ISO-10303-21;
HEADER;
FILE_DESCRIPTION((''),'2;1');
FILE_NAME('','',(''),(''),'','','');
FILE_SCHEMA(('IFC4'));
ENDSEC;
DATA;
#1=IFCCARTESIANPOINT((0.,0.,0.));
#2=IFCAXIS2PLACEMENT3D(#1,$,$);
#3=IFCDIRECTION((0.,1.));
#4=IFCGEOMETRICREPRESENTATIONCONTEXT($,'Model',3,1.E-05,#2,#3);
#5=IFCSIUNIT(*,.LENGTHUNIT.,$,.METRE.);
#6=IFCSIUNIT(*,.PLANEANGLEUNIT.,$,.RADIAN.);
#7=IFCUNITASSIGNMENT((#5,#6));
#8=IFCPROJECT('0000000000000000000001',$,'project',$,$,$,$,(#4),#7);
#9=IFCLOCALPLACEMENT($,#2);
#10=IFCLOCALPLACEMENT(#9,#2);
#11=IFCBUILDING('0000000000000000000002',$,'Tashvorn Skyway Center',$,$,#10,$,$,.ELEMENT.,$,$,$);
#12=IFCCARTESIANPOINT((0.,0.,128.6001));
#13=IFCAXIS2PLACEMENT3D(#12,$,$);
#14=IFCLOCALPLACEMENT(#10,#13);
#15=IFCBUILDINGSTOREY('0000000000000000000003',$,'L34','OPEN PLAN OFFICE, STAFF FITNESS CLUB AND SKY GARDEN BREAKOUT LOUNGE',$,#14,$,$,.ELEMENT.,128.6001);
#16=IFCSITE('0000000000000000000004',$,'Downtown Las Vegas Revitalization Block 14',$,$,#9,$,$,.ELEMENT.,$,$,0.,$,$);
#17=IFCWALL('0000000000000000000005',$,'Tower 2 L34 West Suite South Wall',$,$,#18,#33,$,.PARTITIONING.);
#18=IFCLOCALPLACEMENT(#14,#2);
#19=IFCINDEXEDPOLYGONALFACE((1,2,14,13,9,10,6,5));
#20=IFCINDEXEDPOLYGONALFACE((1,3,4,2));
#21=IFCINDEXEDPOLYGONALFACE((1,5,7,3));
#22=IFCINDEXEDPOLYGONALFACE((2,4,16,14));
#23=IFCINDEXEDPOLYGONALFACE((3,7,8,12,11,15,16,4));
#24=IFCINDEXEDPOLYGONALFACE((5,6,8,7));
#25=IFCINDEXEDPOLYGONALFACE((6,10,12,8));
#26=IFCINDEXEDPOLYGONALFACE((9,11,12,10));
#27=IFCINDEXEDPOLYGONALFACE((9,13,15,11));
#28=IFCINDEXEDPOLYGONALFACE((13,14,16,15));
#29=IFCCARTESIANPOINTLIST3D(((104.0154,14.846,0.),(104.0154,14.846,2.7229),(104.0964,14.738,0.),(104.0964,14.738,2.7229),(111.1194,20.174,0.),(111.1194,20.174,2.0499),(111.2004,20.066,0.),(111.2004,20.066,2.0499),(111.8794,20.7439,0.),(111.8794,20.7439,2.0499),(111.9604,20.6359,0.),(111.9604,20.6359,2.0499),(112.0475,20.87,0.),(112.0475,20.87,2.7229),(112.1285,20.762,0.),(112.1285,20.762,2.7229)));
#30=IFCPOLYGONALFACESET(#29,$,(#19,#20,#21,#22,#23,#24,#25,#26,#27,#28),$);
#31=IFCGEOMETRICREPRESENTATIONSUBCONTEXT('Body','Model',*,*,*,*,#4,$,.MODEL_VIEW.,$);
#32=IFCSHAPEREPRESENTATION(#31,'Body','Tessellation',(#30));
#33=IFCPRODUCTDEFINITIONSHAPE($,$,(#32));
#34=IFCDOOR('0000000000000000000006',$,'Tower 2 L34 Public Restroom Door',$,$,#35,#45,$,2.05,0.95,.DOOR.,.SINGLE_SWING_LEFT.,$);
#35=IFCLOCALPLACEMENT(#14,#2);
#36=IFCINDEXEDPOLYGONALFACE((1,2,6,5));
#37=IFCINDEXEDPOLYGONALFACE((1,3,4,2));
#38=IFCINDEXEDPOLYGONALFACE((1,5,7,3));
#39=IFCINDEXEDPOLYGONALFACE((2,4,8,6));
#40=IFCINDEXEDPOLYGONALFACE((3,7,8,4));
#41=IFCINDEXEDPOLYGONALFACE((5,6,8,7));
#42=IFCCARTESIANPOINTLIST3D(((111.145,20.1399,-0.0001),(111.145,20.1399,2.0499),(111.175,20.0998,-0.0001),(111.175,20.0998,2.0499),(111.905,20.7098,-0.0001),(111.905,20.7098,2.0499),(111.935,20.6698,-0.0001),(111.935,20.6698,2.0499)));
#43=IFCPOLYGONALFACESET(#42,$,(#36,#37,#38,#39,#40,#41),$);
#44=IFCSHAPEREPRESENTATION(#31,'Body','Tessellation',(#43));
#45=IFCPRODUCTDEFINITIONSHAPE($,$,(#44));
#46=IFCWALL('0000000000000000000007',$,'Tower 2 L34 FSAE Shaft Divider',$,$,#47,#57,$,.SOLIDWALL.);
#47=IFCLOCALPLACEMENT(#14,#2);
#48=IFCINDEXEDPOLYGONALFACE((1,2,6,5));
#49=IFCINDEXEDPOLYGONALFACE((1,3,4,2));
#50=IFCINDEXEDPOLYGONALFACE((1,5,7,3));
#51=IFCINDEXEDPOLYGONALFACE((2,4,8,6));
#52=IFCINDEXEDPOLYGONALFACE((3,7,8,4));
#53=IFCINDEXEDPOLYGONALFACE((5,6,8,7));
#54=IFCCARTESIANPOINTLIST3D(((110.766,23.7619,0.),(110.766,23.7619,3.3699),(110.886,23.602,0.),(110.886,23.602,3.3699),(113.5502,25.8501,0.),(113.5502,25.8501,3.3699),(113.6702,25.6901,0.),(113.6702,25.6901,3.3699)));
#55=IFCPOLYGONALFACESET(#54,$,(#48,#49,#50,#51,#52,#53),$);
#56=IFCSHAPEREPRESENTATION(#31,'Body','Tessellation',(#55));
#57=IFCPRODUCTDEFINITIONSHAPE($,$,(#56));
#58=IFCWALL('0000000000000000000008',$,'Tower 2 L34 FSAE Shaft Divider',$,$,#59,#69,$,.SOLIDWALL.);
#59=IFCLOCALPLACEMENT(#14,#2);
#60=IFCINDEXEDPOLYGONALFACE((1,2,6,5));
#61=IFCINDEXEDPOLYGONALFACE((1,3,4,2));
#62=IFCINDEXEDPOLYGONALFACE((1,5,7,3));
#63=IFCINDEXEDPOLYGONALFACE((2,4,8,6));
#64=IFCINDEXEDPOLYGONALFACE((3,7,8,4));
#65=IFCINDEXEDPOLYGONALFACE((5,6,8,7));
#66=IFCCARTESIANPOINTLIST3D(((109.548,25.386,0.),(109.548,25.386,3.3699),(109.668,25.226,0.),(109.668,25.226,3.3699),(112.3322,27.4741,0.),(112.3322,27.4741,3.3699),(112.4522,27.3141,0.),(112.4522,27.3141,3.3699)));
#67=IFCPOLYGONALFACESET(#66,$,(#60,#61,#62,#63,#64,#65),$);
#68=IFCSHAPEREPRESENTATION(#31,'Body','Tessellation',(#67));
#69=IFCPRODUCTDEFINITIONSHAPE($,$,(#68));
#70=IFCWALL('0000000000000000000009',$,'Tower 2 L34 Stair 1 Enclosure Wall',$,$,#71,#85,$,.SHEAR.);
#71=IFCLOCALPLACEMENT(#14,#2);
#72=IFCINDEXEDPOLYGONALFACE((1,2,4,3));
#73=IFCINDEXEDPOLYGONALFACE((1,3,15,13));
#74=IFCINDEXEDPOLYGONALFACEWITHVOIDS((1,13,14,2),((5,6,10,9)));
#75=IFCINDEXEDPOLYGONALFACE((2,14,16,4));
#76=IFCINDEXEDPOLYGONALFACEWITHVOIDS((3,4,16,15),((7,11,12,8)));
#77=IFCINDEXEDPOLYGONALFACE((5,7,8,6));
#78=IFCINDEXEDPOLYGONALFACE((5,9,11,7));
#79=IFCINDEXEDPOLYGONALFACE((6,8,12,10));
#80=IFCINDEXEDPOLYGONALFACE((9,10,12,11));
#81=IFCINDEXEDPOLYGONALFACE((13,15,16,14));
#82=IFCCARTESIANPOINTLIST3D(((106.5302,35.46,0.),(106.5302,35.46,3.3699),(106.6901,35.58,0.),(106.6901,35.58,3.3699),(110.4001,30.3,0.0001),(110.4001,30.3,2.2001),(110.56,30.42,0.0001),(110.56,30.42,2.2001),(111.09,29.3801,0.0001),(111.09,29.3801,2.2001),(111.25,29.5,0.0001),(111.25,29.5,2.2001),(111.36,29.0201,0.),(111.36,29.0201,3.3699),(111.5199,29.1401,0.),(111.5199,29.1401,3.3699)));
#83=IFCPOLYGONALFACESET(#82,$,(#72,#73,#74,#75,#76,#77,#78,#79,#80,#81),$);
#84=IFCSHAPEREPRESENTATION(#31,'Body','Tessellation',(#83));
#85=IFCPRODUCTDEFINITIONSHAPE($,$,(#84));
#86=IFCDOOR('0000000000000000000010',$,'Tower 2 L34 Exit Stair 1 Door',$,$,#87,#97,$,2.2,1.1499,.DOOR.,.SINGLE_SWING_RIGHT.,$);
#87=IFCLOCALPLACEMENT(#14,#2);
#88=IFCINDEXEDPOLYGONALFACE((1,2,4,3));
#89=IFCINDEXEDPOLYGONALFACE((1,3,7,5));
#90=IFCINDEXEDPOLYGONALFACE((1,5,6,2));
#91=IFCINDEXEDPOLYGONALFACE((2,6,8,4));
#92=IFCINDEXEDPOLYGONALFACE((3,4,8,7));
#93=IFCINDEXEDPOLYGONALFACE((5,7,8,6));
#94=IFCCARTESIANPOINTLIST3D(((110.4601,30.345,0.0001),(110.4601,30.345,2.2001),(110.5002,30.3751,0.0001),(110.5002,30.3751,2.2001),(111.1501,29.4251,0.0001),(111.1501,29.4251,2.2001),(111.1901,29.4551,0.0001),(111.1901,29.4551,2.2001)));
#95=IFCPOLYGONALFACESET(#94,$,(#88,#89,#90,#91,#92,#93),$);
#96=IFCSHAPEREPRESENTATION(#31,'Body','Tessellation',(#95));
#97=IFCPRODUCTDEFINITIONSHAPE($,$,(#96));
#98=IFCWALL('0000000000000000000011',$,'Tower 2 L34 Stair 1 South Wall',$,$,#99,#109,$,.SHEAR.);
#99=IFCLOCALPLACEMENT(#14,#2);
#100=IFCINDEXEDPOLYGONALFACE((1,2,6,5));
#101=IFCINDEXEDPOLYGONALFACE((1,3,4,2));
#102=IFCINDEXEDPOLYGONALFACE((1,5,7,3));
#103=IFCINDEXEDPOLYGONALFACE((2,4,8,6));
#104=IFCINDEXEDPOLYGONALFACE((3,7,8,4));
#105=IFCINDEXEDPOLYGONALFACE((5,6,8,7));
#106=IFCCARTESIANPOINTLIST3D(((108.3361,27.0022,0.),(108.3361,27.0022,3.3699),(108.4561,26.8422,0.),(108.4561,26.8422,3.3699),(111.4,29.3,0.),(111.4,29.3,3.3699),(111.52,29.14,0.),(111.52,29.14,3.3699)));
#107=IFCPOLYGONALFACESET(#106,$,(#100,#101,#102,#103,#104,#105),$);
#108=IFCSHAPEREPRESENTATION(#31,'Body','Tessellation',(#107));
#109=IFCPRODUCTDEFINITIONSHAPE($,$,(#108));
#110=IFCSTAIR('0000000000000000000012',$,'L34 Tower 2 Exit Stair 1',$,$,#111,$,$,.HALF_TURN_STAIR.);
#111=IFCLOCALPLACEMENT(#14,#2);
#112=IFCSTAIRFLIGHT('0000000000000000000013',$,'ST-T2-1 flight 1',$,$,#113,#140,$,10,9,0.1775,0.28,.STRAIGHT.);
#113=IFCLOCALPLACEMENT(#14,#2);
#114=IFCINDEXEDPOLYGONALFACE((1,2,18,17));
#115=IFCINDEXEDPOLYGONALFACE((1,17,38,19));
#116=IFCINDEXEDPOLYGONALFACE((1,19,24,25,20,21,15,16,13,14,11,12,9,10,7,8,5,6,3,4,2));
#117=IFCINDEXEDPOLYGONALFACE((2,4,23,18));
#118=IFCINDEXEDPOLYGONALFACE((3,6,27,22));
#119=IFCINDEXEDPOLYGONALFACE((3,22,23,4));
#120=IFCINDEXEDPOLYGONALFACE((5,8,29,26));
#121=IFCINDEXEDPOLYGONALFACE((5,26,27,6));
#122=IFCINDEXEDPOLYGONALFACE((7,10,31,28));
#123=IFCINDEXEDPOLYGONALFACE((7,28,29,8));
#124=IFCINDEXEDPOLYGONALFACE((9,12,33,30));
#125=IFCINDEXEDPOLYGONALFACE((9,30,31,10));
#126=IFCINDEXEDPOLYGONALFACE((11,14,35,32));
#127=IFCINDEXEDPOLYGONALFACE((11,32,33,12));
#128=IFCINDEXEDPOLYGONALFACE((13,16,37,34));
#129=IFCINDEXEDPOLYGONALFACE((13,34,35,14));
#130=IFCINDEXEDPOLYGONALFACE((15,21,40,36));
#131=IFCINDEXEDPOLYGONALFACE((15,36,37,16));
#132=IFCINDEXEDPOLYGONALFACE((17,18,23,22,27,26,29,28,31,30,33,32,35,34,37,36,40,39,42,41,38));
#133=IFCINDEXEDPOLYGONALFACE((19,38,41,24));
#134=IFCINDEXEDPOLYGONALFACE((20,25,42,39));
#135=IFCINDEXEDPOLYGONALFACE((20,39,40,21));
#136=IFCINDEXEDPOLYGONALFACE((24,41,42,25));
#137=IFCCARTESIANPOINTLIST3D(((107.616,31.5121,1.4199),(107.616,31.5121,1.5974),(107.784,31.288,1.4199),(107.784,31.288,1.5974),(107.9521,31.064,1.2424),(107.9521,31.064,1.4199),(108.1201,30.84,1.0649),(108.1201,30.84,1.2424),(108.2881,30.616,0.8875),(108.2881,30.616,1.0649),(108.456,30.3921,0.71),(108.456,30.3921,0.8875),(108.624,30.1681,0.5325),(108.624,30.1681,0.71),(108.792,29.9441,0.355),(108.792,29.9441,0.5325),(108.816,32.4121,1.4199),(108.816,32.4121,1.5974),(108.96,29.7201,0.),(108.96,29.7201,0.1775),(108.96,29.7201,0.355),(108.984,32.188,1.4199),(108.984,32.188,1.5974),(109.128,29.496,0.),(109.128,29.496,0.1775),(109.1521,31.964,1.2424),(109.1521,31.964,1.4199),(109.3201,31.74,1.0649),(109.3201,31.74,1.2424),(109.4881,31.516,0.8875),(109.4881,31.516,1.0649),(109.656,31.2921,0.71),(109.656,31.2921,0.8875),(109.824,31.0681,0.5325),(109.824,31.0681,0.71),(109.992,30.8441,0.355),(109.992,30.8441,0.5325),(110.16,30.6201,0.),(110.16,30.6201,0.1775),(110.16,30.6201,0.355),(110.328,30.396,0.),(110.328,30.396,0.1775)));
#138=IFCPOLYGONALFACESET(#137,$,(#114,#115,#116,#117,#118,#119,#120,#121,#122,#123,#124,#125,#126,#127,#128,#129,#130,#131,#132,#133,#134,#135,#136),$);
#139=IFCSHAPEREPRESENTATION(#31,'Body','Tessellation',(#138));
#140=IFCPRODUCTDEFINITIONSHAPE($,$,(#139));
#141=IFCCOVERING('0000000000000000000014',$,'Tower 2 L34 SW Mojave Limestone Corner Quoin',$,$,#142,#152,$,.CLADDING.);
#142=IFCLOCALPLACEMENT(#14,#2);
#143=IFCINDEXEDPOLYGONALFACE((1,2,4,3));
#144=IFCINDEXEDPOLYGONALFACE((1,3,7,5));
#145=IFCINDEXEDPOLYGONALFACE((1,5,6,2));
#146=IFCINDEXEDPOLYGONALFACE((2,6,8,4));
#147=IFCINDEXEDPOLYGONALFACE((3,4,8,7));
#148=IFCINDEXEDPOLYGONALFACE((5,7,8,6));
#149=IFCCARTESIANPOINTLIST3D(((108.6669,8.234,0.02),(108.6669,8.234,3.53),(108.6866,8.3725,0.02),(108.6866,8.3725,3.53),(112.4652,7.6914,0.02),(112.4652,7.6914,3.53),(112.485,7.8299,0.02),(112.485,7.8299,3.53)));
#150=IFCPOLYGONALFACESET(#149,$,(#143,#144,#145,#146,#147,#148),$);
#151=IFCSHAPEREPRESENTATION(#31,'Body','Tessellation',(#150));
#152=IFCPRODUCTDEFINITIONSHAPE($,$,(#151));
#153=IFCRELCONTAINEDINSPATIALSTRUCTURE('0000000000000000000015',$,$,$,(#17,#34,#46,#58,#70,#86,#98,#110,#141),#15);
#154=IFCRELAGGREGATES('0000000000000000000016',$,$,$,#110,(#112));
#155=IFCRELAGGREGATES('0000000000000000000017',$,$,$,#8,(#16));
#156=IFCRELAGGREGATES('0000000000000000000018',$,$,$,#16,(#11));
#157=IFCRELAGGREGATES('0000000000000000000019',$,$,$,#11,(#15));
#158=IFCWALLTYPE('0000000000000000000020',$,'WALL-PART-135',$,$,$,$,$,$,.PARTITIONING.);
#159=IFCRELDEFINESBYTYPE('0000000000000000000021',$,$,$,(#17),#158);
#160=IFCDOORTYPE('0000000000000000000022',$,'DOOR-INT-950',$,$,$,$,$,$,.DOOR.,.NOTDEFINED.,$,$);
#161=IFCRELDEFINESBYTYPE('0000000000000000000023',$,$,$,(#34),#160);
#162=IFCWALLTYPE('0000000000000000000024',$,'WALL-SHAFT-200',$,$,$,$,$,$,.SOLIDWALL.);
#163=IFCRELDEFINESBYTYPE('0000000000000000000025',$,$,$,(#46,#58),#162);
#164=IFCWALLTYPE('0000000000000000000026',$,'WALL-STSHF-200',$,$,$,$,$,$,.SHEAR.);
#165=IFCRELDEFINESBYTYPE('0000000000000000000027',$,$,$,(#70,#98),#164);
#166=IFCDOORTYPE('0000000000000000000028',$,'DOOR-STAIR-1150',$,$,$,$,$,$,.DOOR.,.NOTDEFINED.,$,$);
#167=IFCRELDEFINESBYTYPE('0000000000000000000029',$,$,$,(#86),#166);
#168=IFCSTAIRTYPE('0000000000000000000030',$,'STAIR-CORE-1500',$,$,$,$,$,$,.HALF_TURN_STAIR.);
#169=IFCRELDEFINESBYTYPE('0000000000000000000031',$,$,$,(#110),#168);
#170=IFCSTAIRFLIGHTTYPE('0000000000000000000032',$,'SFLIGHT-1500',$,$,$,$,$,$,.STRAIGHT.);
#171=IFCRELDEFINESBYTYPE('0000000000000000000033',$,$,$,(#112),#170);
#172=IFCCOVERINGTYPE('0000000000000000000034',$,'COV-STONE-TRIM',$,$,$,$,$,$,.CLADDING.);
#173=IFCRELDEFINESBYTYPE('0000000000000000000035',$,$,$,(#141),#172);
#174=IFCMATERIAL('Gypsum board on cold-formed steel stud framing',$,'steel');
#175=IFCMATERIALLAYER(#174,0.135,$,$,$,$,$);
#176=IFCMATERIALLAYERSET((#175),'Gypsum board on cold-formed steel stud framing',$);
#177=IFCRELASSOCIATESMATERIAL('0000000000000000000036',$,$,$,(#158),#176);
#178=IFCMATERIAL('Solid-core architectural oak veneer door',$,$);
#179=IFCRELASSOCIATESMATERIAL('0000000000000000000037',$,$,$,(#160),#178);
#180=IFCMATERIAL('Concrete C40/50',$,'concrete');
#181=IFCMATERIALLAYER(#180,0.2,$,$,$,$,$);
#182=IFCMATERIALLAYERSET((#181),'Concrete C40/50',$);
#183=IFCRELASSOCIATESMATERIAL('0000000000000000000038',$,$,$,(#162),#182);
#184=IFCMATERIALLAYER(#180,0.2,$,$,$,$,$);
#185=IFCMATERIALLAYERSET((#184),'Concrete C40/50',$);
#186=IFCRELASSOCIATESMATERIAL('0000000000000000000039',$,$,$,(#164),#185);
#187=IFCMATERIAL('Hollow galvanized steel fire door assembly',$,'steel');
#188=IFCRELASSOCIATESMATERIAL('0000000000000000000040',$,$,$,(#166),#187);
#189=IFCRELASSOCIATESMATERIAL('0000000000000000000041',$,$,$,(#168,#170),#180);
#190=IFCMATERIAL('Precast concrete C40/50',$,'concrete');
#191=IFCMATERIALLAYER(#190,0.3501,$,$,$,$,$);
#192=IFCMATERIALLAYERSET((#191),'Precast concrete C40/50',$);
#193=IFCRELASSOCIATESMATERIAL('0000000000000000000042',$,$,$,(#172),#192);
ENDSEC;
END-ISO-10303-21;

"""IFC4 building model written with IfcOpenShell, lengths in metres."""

from ifc_helpers import new_model, si_unit, direction, frame, frame_2d, origin, origin_2d, place, context, subcontext, project, spatial, polyline, rectangle, outline, extrude, material, layer, layer_set, type_object, element, fill, aggregate, save


model = new_model("IFC4")

# Units and contexts
model_context = context("Model", 3, precision=1e-05, world=origin(), true_north=direction((0.0, 1.0)))
body_context = subcontext(model_context, "Body", "Model", "MODEL_VIEW")
ifc_project = project(units=[si_unit("LENGTHUNIT", "METRE"), si_unit("PLANEANGLEUNIT", "RADIAN")], contexts=[model_context])

# Site, building, storey
site_placement = place(None, origin())
site = spatial("IfcSite", under=ifc_project, at=site_placement, Name="Downtown Las Vegas Revitalization Block 14", CompositionType="ELEMENT", RefElevation=0.0)
building_placement = place(site_placement, origin())
building = spatial("IfcBuilding", under=site, at=building_placement, Name="Tashvorn Skyway Center", CompositionType="ELEMENT")
storey_placement = place(building_placement, frame((0.0, 0.0, 128.6001)))
storey = spatial("IfcBuildingStorey", under=building, at=storey_placement, Name="L34", Description="OPEN PLAN OFFICE, STAFF FITNESS CLUB AND SKY GARDEN BREAKOUT LOUNGE", CompositionType="ELEMENT", Elevation=128.6001)

# Shared definitions
ifc_material_1 = material(Name="Precast concrete C40/50", Category="concrete")
ifc_material_2 = material(Name="Gypsum board on cold-formed steel stud framing", Category="steel")
ifc_layer_1 = layer(ifc_material_2, 0.135)
ifc_layer_set_1 = layer_set([ifc_layer_1], Name="Gypsum board on cold-formed steel stud framing")
wall_type_1 = type_object("IfcWallType", Name="WALL-PART-135", PredefinedType="PARTITIONING", material=ifc_layer_set_1)

# Wall, opening, door
wall_1_placement = place(storey_placement, frame((104.0559, 14.792, 0.0), z_axis=(0.0, 0.0, 1.0), x_axis=(0.800003, 0.599996, 0.0)))
wall_1 = element("IfcWall", 1, at=wall_1_placement, inside=storey, type_object=wall_type_1, Name="Tower 2 L34 West Suite South Wall", PredefinedType="PARTITIONING", context=body_context, shape_type="SweptSolid", body=[
    extrude(rectangle(XDim=10.04, YDim=0.135, at=frame_2d((5.02, 0.0))), origin(), (0.0, 0.0, 1.0), 2.7229),
])
opening_1_placement = place(wall_1_placement, frame((8.8799, 0.0, 0.0)))
opening_1 = element("IfcOpeningElement", 2, at=opening_1_placement, cuts=wall_1, PredefinedType="OPENING", context=body_context, shape_type="SweptSolid", body=[
    extrude(rectangle(XDim=0.95, YDim=2.05, at=frame_2d((0.4751, 1.0249))), frame((0.0, 0.0774, 0.0), z_axis=(0.0, -1.0, 0.0), x_axis=(1.0, 0.0, 0.0)), (0.0, 0.0, 1.0), 0.155),
])
ifc_material_3 = material(Name="Solid-core architectural oak veneer door")
door_type_1 = type_object("IfcDoorType", Name="DOOR-INT-950", OperationType="NOTDEFINED", PredefinedType="DOOR", material=ifc_material_3)
door_1_placement = place(opening_1_placement, origin())
door_1 = element("IfcDoor", 3, at=door_1_placement, inside=storey, type_object=door_type_1, Name="Tower 2 L34 Public Restroom Door", OperationType="SINGLE_SWING_LEFT", OverallHeight=2.05, OverallWidth=0.95, PredefinedType="DOOR", context=body_context, shape_type="SweptSolid", body=[
    extrude(rectangle(XDim=0.95, YDim=2.05, at=frame_2d((0.4751, 1.0249))), frame((0.0, 0.0249, 0.0), z_axis=(0.0, -1.0, 0.0), x_axis=(1.0, 0.0, 0.0)), (0.0, 0.0, 1.0), 0.05),
])
fill(opening_1, door_1)

# Walls
ifc_material_4 = material(Name="Concrete C40/50", Category="concrete")
ifc_layer_2 = layer(ifc_material_4, 0.2)
ifc_layer_set_2 = layer_set([ifc_layer_2], Name="Concrete C40/50")
wall_type_2 = type_object("IfcWallType", Name="WALL-SHAFT-200", PredefinedType="SOLIDWALL", material=ifc_layer_set_2)
for number, where, z_axis, x_axis, name in (
    (4, (110.8259, 23.6819, 0.0), (0.0, 0.0, 1.0), (0.8, 0.6, 0.0), "Tower 2 L34 FSAE Shaft Divider"),
    (5, (109.6079, 25.3059, 0.0), (0.0, 0.0, 1.0), (0.8, 0.6, 0.0), "Tower 2 L34 FSAE Shaft Divider"),
):
    element("IfcWall", number, at=place(storey_placement, frame(where, z_axis=z_axis, x_axis=x_axis)), inside=storey, type_object=wall_type_2, Name=name, PredefinedType="SOLIDWALL", context=body_context, shape_type="SweptSolid", body=[
        extrude(rectangle(XDim=3.4802, YDim=0.2, at=frame_2d((1.7402, 0.0))), origin(), (0.0, 0.0, 1.0), 3.3699),
    ])

# Wall, opening, door
ifc_layer_3 = layer(ifc_material_4, 0.2)
ifc_layer_set_3 = layer_set([ifc_layer_3], Name="Concrete C40/50")
wall_type_3 = type_object("IfcWallType", Name="WALL-STSHF-200", PredefinedType="SHEAR", material=ifc_layer_set_3)
wall_2_placement = place(storey_placement, frame((111.4399, 29.0801, 0.0), z_axis=(0.0, 0.0, 1.0), x_axis=(-0.59999, 0.800007, 0.0)))
wall_2 = element("IfcWall", 6, at=wall_2_placement, inside=storey, type_object=wall_type_3, Name="Tower 2 L34 Stair 1 Enclosure Wall", PredefinedType="SHEAR", context=body_context, shape_type="SweptSolid", body=[
    extrude(rectangle(XDim=8.0498, YDim=0.2, at=frame_2d((4.0249, 0.0))), origin(), (0.0, 0.0, 1.0), 3.3699),
])
opening_2_placement = place(wall_2_placement, frame((0.45, 0.0, 0.0)))
opening_2 = element("IfcOpeningElement", 7, at=opening_2_placement, cuts=wall_2, PredefinedType="OPENING", context=body_context, shape_type="SweptSolid", body=[
    extrude(rectangle(XDim=1.1499, YDim=2.2, at=frame_2d((0.575, 1.1001))), frame((0.0, 0.1099, 0.0), z_axis=(0.0, -1.0, 0.0), x_axis=(1.0, 0.0, 0.0)), (0.0, 0.0, 1.0), 0.22),
])
ifc_material_5 = material(Name="Hollow galvanized steel fire door assembly", Category="steel")
door_type_2 = type_object("IfcDoorType", Name="DOOR-STAIR-1150", OperationType="NOTDEFINED", PredefinedType="DOOR", material=ifc_material_5)
door_2_placement = place(opening_2_placement, origin())
door_2 = element("IfcDoor", 8, at=door_2_placement, inside=storey, type_object=door_type_2, Name="Tower 2 L34 Exit Stair 1 Door", OperationType="SINGLE_SWING_RIGHT", OverallHeight=2.2, OverallWidth=1.1499, PredefinedType="DOOR", context=body_context, shape_type="SweptSolid", body=[
    extrude(rectangle(XDim=1.1499, YDim=2.2, at=frame_2d((0.575, 1.1001))), frame((0.0, 0.0249, 0.0), z_axis=(0.0, -1.0, 0.0), x_axis=(1.0, 0.0, 0.0)), (0.0, 0.0, 1.0), 0.05),
])
fill(opening_2, door_2)

# Wall
wall_3_placement = place(storey_placement, frame((108.396, 26.9221, 0.0), z_axis=(0.0, 0.0, 1.0), x_axis=(0.800015, 0.59998, 0.0)))
element("IfcWall", 9, at=wall_3_placement, inside=storey, type_object=wall_type_3, Name="Tower 2 L34 Stair 1 South Wall", PredefinedType="SHEAR", context=body_context, shape_type="SweptSolid", body=[
    extrude(rectangle(XDim=3.8298, YDim=0.2, at=frame_2d((1.915, 0.0))), origin(), (0.0, 0.0, 1.0), 3.3699),
])

# Stair, stair flight
stair_type = type_object("IfcStairType", Name="STAIR-CORE-1500", PredefinedType="HALF_TURN_STAIR", material=ifc_material_4)
stair_placement = place(storey_placement, origin())
stair = element("IfcStair", 10, at=stair_placement, inside=storey, type_object=stair_type, Name="L34 Tower 2 Exit Stair 1", PredefinedType="HALF_TURN_STAIR")
stair_flight_type = type_object("IfcStairFlightType", Name="SFLIGHT-1500", PredefinedType="STRAIGHT", material=ifc_material_4)
stair_flight_placement = place(storey_placement, frame((109.728, 29.946, 0.0), z_axis=(0.0, 0.0, 1.0), x_axis=(-0.6, 0.8, 0.0)))
stair_flight = element("IfcStairFlight", 11, at=stair_flight_placement, type_object=stair_flight_type, Name="ST-T2-1 flight 1", NumberOfRisers=10, NumberOfTreads=9, PredefinedType="STRAIGHT", RiserHeight=0.1775, TreadLength=0.28, context=body_context, shape_type="SweptSolid", body=[
    extrude(outline(polyline([(0.0, 0.0), (0.0, 0.1775), (0.28, 0.1775), (0.28, 0.355), (0.5601, 0.355), (0.5601, 0.5325), (0.8401, 0.5325), (0.8401, 0.71), (1.1201, 0.71), (1.1201, 0.8875), (1.3999, 0.8875), (1.3999, 1.0649), (1.6799, 1.0649), (1.6799, 1.2424), (1.96, 1.2424), (1.96, 1.4199), (2.24, 1.4199), (2.24, 1.5974), (2.52, 1.5974), (2.52, 1.7749), (2.52, 1.4199), (0.28, 0.0), (0.0, 0.0)])), frame((0.0, 0.75, 0.0), z_axis=(0.0, -1.0, 0.0), x_axis=(1.0, 0.0, 0.0)), (0.0, 0.0, 1.0), 1.5),
])
aggregate(stair, [stair_flight])

# Covering
ifc_layer_4 = layer(ifc_material_1, 0.3501)
ifc_layer_set_4 = layer_set([ifc_layer_4], Name="Precast concrete C40/50")
covering_type = type_object("IfcCoveringType", Name="COV-STONE-TRIM", PredefinedType="CLADDING", material=ifc_layer_set_4)
covering_placement = place(storey_placement, frame((110.5759, 8.032, 0.02), z_axis=(0.0, 0.0, 1.0), x_axis=(-0.989949, 0.141421, 0.0)))
element("IfcCovering", 12, at=covering_placement, inside=storey, type_object=covering_type, Name="Tower 2 L34 SW Mojave Limestone Corner Quoin", PredefinedType="CLADDING", context=body_context, shape_type="SweptSolid", body=[
    extrude(rectangle(XDim=3.8369, YDim=0.1399, at=origin_2d()), origin(), (0.0, 0.0, 1.0), 3.51),
])

save(model, "model.ifc")
